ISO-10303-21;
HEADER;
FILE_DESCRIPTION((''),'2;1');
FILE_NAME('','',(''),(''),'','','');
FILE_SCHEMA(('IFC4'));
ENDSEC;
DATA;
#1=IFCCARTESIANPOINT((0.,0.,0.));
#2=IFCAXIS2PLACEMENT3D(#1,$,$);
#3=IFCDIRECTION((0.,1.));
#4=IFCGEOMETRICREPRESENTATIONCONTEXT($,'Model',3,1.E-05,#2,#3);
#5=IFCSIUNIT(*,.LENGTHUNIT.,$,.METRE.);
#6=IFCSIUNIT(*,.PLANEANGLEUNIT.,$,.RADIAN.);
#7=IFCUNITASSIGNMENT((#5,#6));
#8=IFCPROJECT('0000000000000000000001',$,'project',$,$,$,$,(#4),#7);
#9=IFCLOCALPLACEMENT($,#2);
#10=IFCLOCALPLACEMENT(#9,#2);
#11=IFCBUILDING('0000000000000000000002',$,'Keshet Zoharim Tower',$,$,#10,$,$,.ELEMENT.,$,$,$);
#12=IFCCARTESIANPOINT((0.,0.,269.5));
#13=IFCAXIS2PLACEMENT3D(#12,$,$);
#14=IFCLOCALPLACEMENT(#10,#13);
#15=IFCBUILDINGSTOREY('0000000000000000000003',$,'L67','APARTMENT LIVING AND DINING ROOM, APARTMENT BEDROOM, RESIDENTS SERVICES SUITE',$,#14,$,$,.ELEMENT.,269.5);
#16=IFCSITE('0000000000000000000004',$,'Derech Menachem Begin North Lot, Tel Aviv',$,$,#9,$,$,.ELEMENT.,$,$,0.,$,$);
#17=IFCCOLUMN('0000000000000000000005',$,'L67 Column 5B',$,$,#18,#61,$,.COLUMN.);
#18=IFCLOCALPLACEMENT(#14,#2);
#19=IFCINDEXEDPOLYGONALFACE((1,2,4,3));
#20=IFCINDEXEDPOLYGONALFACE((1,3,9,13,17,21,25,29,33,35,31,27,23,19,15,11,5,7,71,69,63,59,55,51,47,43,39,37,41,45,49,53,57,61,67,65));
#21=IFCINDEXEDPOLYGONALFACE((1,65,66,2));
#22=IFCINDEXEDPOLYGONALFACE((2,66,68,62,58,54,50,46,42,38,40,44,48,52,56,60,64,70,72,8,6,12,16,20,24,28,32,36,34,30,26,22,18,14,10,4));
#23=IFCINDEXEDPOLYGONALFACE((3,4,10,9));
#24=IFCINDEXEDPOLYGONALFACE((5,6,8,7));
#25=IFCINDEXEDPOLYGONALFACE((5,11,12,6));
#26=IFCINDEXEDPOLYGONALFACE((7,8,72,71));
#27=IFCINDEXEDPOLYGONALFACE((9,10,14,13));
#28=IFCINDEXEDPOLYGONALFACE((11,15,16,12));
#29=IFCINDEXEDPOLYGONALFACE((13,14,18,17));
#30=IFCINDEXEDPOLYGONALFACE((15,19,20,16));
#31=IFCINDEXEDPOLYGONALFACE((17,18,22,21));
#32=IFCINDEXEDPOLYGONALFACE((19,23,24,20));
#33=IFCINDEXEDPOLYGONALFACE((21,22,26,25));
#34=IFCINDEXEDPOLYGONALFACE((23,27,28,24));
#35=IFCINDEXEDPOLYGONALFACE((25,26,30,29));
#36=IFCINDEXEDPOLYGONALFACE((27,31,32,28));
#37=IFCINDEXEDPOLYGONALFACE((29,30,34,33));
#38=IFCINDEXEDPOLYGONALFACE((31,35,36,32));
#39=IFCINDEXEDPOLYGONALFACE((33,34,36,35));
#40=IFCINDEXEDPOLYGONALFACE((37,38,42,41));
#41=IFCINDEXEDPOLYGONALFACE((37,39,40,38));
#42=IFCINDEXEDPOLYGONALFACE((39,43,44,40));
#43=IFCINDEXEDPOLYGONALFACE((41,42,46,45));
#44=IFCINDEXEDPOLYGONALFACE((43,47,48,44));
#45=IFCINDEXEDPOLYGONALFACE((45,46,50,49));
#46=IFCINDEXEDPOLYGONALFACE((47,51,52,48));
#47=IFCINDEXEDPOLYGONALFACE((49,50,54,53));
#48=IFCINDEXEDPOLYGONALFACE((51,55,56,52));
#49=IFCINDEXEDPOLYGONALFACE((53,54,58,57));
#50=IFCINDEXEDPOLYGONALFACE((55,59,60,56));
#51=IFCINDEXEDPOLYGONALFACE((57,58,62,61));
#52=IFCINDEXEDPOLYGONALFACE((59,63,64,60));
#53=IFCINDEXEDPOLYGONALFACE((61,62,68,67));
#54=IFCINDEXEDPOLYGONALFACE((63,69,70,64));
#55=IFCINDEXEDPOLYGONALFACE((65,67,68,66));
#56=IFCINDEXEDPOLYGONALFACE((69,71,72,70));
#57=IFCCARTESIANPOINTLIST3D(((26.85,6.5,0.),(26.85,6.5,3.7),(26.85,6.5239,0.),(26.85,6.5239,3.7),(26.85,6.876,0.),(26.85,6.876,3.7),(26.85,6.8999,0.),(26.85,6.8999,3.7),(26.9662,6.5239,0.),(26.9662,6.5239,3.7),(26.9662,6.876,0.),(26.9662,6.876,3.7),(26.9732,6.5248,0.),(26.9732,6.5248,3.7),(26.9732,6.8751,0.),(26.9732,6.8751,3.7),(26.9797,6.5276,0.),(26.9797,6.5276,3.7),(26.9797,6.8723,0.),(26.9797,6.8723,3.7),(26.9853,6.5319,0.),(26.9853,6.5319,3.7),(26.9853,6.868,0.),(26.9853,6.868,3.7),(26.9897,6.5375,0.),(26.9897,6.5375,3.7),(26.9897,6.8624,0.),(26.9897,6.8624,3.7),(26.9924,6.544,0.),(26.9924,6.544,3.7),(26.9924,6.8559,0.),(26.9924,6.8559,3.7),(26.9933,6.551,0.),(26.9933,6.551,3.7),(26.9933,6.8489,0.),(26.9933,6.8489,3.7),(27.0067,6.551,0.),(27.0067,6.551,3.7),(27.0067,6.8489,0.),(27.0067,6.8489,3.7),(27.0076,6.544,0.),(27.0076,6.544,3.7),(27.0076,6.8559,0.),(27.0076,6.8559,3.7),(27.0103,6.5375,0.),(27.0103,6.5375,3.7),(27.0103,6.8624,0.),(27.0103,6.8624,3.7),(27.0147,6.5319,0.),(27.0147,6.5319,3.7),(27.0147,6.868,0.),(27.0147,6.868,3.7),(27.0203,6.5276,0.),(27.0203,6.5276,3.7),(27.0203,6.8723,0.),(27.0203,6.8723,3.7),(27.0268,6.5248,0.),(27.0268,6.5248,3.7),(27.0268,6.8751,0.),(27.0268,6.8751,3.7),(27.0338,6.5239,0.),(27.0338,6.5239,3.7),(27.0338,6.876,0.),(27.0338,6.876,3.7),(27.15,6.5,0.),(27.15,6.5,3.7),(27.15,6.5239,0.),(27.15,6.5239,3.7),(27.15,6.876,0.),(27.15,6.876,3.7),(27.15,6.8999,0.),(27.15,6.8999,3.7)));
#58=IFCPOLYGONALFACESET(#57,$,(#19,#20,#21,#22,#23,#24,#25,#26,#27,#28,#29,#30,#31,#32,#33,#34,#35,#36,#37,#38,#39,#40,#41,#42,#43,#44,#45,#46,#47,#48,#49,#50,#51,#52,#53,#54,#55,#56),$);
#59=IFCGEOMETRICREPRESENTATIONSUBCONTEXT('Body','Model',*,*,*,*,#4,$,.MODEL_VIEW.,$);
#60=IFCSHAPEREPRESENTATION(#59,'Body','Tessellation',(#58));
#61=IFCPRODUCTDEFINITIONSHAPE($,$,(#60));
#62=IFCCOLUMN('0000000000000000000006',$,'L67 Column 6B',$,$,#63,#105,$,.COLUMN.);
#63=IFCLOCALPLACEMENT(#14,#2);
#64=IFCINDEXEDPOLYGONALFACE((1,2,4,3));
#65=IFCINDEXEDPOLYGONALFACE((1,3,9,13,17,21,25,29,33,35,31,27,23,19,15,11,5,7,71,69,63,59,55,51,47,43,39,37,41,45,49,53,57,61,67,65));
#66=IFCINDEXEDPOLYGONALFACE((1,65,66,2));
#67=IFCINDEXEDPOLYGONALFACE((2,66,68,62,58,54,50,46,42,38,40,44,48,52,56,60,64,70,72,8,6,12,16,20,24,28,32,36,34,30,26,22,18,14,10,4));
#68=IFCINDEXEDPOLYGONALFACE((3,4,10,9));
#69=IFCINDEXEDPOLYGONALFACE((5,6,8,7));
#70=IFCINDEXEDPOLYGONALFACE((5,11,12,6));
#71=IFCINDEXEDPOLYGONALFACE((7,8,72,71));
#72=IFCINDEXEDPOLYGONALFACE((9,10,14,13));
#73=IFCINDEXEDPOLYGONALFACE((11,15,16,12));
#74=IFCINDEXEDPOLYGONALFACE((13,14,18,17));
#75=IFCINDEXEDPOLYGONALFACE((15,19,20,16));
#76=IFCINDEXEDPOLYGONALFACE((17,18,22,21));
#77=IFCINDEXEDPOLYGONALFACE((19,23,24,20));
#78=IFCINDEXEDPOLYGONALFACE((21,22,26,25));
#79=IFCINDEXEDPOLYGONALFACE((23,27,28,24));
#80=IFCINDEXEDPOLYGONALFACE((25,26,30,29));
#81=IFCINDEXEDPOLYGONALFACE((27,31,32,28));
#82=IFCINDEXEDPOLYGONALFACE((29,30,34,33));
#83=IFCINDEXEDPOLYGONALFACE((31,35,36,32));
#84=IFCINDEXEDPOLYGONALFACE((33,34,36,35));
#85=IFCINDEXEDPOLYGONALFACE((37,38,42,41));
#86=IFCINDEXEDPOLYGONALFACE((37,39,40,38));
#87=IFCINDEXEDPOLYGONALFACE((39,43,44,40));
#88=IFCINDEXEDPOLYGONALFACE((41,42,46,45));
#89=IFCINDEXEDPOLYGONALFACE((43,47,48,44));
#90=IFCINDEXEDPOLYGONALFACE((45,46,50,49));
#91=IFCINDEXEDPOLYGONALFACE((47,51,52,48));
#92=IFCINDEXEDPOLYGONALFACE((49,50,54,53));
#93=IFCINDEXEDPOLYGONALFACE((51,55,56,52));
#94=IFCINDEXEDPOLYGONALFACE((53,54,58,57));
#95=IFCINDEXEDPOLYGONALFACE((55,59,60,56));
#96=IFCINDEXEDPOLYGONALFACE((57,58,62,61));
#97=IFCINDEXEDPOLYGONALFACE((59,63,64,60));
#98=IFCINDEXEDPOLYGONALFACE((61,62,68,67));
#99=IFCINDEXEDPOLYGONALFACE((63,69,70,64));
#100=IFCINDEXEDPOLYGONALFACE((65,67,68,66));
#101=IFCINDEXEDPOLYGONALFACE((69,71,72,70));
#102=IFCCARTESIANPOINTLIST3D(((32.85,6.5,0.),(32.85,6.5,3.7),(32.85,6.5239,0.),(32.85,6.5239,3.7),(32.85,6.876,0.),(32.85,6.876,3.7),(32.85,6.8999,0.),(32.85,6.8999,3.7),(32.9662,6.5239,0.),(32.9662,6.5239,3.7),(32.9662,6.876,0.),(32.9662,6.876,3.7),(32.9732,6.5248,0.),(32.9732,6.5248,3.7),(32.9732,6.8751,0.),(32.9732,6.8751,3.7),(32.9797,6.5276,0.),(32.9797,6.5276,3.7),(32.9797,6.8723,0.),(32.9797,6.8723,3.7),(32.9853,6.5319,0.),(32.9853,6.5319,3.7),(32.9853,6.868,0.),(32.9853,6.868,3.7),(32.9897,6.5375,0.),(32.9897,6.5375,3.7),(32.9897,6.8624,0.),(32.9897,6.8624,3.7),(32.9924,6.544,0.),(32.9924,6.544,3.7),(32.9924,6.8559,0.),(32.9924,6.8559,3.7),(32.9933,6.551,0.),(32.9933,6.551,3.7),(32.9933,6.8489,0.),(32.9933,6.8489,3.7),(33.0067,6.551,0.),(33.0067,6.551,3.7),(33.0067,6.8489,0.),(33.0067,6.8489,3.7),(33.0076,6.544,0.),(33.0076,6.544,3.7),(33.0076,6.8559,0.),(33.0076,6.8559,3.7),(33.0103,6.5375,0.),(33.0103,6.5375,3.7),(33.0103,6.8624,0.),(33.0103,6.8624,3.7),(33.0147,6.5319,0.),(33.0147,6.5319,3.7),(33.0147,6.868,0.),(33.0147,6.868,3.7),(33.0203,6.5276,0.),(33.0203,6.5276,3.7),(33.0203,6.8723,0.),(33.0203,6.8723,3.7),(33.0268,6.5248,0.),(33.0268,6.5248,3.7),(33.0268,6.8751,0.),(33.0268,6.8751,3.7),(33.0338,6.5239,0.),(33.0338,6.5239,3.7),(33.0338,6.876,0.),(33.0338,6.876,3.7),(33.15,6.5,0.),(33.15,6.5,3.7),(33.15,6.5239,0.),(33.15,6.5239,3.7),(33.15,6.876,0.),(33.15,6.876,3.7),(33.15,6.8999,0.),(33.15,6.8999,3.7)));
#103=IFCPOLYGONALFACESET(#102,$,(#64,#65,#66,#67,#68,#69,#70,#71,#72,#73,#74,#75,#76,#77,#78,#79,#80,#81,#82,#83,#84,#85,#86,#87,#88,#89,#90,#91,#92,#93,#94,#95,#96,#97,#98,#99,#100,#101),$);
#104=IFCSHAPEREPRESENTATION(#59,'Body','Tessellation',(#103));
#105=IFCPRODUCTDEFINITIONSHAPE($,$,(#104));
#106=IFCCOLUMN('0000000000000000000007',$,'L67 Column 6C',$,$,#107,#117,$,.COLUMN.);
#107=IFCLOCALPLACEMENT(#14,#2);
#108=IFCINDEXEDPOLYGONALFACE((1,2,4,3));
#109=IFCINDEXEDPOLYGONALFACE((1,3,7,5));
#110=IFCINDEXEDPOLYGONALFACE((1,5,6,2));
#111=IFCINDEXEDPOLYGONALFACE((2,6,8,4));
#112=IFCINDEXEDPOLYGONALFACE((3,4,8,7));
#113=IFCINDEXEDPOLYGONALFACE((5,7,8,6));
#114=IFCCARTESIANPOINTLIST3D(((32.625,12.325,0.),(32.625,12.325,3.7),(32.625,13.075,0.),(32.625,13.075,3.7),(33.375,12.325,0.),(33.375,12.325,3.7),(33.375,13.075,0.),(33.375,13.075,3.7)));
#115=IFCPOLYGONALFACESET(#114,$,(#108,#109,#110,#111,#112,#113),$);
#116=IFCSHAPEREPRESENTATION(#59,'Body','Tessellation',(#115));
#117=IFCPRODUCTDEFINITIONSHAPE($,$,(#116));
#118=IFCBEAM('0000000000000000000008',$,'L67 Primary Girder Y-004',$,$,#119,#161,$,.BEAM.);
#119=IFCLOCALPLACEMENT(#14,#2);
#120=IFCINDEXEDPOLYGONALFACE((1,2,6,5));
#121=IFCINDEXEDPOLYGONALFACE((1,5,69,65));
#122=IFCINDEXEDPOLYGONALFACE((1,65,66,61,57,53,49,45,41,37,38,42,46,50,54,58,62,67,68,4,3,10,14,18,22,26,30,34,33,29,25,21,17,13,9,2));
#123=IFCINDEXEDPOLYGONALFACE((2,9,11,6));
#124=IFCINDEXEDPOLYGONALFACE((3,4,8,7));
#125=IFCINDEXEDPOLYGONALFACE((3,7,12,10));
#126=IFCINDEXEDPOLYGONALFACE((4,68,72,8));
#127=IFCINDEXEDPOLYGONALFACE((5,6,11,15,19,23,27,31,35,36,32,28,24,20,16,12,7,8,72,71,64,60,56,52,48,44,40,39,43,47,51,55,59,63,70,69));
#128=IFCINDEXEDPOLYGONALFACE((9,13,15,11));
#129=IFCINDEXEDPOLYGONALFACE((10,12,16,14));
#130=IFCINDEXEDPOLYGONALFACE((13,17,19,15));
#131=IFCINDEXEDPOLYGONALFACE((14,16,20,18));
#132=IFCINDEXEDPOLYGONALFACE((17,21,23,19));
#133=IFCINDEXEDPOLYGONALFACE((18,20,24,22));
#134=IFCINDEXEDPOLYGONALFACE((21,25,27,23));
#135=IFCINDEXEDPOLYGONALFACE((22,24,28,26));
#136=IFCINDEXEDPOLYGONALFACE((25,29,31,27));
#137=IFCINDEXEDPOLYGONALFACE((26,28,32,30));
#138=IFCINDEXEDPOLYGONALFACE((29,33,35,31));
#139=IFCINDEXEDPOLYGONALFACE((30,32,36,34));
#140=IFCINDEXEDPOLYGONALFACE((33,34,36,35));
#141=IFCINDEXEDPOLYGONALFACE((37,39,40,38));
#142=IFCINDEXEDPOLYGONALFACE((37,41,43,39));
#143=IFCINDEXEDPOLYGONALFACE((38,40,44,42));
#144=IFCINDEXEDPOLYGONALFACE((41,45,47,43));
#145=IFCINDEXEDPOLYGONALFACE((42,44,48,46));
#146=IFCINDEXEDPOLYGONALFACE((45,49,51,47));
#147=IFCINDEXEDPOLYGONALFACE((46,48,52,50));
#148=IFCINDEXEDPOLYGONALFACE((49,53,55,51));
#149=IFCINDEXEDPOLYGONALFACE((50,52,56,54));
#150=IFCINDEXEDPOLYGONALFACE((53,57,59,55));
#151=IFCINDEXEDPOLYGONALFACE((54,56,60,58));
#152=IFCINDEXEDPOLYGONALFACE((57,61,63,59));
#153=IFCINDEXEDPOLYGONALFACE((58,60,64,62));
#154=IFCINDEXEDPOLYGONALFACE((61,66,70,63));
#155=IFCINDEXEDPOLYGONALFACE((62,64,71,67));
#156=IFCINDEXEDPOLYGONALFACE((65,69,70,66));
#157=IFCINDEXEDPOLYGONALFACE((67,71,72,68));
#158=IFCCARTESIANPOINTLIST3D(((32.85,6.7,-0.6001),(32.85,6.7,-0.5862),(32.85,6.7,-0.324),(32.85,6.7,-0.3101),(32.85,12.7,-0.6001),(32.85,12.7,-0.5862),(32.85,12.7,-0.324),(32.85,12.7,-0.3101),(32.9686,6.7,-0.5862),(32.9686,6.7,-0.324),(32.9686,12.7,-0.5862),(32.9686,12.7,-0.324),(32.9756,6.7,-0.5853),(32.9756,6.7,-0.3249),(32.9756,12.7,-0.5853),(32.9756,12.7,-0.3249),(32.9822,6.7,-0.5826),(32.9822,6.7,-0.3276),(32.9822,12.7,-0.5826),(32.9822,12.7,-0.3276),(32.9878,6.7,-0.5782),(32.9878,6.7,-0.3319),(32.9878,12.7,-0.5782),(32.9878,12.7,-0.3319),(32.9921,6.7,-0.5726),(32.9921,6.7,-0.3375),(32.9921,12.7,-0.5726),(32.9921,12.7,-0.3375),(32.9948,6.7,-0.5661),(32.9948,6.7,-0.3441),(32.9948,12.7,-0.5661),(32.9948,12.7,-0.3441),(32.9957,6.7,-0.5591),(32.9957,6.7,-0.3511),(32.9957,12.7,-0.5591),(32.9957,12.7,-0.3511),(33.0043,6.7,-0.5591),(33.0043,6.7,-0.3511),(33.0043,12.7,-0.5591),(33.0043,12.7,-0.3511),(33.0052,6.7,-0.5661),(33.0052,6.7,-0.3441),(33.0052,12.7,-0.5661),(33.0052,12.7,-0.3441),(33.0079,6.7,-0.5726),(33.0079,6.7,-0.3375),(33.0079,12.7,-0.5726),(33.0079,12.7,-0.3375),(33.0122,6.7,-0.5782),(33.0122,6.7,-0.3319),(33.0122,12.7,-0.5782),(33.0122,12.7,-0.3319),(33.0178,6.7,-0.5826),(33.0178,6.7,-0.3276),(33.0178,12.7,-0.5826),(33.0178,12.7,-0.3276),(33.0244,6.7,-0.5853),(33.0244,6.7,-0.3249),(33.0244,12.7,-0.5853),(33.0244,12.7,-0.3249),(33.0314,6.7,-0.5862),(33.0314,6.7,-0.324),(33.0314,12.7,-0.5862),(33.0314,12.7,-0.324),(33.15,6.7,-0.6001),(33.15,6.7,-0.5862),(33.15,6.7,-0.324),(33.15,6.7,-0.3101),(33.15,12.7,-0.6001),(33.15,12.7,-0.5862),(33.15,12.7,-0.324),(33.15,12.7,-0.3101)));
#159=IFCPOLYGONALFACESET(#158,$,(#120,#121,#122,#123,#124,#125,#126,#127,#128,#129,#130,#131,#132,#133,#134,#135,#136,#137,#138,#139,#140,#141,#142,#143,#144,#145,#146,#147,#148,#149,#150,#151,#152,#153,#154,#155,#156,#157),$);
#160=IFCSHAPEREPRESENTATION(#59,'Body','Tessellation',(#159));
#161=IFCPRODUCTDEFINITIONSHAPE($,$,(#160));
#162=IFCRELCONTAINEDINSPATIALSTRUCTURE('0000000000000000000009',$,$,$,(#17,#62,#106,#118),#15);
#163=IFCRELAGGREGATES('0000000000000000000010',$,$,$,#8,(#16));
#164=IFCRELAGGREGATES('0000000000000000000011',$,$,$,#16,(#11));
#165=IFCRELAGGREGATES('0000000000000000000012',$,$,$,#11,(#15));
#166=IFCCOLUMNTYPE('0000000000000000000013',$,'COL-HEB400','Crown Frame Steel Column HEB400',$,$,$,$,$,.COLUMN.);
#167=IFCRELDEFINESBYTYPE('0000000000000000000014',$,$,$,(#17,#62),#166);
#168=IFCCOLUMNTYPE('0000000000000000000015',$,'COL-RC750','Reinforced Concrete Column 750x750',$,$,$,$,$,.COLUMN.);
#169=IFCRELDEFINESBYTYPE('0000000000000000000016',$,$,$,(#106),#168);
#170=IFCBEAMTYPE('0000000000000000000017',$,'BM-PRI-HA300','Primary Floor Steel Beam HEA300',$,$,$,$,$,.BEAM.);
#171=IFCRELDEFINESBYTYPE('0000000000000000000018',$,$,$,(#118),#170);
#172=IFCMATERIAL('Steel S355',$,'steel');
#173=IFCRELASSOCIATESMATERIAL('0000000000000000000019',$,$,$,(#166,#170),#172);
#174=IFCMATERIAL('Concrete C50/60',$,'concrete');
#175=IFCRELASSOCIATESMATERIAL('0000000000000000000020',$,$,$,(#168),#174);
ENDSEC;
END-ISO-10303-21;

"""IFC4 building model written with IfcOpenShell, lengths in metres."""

from ifc_helpers import new_model, si_unit, direction, frame, origin, origin_2d, place, context, subcontext, project, spatial, rectangle, i_section, extrude, material, material_profile, profile_set, type_object, element, save


model = new_model("IFC4")

# Units and contexts
model_context = context("Model", 3, precision=1e-05, world=origin(), true_north=direction((0.0, 1.0)))
body_context = subcontext(model_context, "Body", "Model", "MODEL_VIEW")
ifc_project = project(units=[si_unit("LENGTHUNIT", "METRE"), si_unit("PLANEANGLEUNIT", "RADIAN")], contexts=[model_context])

# Site, building, storey
site_placement = place(None, origin())
site = spatial("IfcSite", under=ifc_project, at=site_placement, Name="Derech Menachem Begin North Lot, Tel Aviv", CompositionType="ELEMENT", RefElevation=0.0)
building_placement = place(site_placement, origin())
building = spatial("IfcBuilding", under=site, at=building_placement, Name="Keshet Zoharim Tower", CompositionType="ELEMENT")
storey_placement = place(building_placement, frame((0.0, 0.0, 269.5)))
storey = spatial("IfcBuildingStorey", under=building, at=storey_placement, Name="L67", Description="APARTMENT LIVING AND DINING ROOM, APARTMENT BEDROOM, RESIDENTS SERVICES SUITE", CompositionType="ELEMENT", Elevation=269.5)

# Columns
ifc_material_1 = material(Name="Steel S355", Category="steel")
ifc_material_profile_1 = material_profile(ifc_material_1, i_section(OverallWidth=0.3, OverallDepth=0.3999, WebThickness=0.0134, FlangeThickness=0.0239, FilletRadius=0.0271, at=origin_2d()), Name="HEB400")
ifc_profile_set_1 = profile_set([ifc_material_profile_1], Name="Steel S355")
column_type_1 = type_object("IfcColumnType", Name="COL-HEB400", Description="Crown Frame Steel Column HEB400", PredefinedType="COLUMN", material=ifc_profile_set_1)
for number, where, z_axis, x_axis, name in (
    (1, (27.0, 6.7, 0.0), (0.0, 0.0, 1.0), (1.0, 0.0, 0.0), "L67 Column 5B"),
    (2, (33.0, 6.7, 0.0), (0.0, 0.0, 1.0), (1.0, 0.0, 0.0), "L67 Column 6B"),
):
    element("IfcColumn", number, at=place(storey_placement, frame(where, z_axis=z_axis, x_axis=x_axis)), inside=storey, type_object=column_type_1, Name=name, PredefinedType="COLUMN", context=body_context, shape_type="SweptSolid", body=[
        extrude(i_section(OverallWidth=0.3, OverallDepth=0.3999, WebThickness=0.0134, FlangeThickness=0.0239, FilletRadius=0.0271, at=origin_2d()), origin(), (0.0, 0.0, 1.0), 3.7),
    ])
ifc_material_2 = material(Name="Concrete C50/60", Category="concrete")
ifc_material_profile_2 = material_profile(ifc_material_2, rectangle(XDim=0.75, YDim=0.75, at=origin_2d()), Name="RC750x750")
ifc_profile_set_2 = profile_set([ifc_material_profile_2], Name="Concrete C50/60")
column_type_2 = type_object("IfcColumnType", Name="COL-RC750", Description="Reinforced Concrete Column 750x750", PredefinedType="COLUMN", material=ifc_profile_set_2)
column_placement = place(storey_placement, frame((33.0, 12.7, 0.0), z_axis=(0.0, 0.0, 1.0), x_axis=(1.0, 0.0, 0.0)))
element("IfcColumn", 3, at=column_placement, inside=storey, type_object=column_type_2, Name="L67 Column 6C", PredefinedType="COLUMN", context=body_context, shape_type="SweptSolid", body=[
    extrude(rectangle(XDim=0.75, YDim=0.75, at=origin_2d()), origin(), (0.0, 0.0, 1.0), 3.7),
])

# Beam
ifc_material_profile_3 = material_profile(ifc_material_1, i_section(OverallWidth=0.3, OverallDepth=0.29, WebThickness=0.0085, FlangeThickness=0.0139, FilletRadius=0.0271, at=origin_2d()), Name="HEA300")
ifc_profile_set_3 = profile_set([ifc_material_profile_3], Name="Steel S355")
beam_type_1 = type_object("IfcBeamType", Name="BM-PRI-HA300", Description="Primary Floor Steel Beam HEA300", PredefinedType="BEAM", material=ifc_profile_set_3)
beam_1_placement = place(storey_placement, frame((33.0, 6.7, -0.4551), z_axis=(0.0, 1.0, 0.0), x_axis=(-1.0, 0.0, 0.0)))
element("IfcBeam", 4, at=beam_1_placement, inside=storey, type_object=beam_type_1, Name="L67 Primary Girder Y-004", PredefinedType="BEAM", context=body_context, shape_type="SweptSolid", body=[
    extrude(i_section(OverallWidth=0.3, OverallDepth=0.29, WebThickness=0.0085, FlangeThickness=0.0139, FilletRadius=0.0271, at=origin_2d()), origin(), (0.0, 0.0, 1.0), 6.0),
])

save(model, "model.ifc")
